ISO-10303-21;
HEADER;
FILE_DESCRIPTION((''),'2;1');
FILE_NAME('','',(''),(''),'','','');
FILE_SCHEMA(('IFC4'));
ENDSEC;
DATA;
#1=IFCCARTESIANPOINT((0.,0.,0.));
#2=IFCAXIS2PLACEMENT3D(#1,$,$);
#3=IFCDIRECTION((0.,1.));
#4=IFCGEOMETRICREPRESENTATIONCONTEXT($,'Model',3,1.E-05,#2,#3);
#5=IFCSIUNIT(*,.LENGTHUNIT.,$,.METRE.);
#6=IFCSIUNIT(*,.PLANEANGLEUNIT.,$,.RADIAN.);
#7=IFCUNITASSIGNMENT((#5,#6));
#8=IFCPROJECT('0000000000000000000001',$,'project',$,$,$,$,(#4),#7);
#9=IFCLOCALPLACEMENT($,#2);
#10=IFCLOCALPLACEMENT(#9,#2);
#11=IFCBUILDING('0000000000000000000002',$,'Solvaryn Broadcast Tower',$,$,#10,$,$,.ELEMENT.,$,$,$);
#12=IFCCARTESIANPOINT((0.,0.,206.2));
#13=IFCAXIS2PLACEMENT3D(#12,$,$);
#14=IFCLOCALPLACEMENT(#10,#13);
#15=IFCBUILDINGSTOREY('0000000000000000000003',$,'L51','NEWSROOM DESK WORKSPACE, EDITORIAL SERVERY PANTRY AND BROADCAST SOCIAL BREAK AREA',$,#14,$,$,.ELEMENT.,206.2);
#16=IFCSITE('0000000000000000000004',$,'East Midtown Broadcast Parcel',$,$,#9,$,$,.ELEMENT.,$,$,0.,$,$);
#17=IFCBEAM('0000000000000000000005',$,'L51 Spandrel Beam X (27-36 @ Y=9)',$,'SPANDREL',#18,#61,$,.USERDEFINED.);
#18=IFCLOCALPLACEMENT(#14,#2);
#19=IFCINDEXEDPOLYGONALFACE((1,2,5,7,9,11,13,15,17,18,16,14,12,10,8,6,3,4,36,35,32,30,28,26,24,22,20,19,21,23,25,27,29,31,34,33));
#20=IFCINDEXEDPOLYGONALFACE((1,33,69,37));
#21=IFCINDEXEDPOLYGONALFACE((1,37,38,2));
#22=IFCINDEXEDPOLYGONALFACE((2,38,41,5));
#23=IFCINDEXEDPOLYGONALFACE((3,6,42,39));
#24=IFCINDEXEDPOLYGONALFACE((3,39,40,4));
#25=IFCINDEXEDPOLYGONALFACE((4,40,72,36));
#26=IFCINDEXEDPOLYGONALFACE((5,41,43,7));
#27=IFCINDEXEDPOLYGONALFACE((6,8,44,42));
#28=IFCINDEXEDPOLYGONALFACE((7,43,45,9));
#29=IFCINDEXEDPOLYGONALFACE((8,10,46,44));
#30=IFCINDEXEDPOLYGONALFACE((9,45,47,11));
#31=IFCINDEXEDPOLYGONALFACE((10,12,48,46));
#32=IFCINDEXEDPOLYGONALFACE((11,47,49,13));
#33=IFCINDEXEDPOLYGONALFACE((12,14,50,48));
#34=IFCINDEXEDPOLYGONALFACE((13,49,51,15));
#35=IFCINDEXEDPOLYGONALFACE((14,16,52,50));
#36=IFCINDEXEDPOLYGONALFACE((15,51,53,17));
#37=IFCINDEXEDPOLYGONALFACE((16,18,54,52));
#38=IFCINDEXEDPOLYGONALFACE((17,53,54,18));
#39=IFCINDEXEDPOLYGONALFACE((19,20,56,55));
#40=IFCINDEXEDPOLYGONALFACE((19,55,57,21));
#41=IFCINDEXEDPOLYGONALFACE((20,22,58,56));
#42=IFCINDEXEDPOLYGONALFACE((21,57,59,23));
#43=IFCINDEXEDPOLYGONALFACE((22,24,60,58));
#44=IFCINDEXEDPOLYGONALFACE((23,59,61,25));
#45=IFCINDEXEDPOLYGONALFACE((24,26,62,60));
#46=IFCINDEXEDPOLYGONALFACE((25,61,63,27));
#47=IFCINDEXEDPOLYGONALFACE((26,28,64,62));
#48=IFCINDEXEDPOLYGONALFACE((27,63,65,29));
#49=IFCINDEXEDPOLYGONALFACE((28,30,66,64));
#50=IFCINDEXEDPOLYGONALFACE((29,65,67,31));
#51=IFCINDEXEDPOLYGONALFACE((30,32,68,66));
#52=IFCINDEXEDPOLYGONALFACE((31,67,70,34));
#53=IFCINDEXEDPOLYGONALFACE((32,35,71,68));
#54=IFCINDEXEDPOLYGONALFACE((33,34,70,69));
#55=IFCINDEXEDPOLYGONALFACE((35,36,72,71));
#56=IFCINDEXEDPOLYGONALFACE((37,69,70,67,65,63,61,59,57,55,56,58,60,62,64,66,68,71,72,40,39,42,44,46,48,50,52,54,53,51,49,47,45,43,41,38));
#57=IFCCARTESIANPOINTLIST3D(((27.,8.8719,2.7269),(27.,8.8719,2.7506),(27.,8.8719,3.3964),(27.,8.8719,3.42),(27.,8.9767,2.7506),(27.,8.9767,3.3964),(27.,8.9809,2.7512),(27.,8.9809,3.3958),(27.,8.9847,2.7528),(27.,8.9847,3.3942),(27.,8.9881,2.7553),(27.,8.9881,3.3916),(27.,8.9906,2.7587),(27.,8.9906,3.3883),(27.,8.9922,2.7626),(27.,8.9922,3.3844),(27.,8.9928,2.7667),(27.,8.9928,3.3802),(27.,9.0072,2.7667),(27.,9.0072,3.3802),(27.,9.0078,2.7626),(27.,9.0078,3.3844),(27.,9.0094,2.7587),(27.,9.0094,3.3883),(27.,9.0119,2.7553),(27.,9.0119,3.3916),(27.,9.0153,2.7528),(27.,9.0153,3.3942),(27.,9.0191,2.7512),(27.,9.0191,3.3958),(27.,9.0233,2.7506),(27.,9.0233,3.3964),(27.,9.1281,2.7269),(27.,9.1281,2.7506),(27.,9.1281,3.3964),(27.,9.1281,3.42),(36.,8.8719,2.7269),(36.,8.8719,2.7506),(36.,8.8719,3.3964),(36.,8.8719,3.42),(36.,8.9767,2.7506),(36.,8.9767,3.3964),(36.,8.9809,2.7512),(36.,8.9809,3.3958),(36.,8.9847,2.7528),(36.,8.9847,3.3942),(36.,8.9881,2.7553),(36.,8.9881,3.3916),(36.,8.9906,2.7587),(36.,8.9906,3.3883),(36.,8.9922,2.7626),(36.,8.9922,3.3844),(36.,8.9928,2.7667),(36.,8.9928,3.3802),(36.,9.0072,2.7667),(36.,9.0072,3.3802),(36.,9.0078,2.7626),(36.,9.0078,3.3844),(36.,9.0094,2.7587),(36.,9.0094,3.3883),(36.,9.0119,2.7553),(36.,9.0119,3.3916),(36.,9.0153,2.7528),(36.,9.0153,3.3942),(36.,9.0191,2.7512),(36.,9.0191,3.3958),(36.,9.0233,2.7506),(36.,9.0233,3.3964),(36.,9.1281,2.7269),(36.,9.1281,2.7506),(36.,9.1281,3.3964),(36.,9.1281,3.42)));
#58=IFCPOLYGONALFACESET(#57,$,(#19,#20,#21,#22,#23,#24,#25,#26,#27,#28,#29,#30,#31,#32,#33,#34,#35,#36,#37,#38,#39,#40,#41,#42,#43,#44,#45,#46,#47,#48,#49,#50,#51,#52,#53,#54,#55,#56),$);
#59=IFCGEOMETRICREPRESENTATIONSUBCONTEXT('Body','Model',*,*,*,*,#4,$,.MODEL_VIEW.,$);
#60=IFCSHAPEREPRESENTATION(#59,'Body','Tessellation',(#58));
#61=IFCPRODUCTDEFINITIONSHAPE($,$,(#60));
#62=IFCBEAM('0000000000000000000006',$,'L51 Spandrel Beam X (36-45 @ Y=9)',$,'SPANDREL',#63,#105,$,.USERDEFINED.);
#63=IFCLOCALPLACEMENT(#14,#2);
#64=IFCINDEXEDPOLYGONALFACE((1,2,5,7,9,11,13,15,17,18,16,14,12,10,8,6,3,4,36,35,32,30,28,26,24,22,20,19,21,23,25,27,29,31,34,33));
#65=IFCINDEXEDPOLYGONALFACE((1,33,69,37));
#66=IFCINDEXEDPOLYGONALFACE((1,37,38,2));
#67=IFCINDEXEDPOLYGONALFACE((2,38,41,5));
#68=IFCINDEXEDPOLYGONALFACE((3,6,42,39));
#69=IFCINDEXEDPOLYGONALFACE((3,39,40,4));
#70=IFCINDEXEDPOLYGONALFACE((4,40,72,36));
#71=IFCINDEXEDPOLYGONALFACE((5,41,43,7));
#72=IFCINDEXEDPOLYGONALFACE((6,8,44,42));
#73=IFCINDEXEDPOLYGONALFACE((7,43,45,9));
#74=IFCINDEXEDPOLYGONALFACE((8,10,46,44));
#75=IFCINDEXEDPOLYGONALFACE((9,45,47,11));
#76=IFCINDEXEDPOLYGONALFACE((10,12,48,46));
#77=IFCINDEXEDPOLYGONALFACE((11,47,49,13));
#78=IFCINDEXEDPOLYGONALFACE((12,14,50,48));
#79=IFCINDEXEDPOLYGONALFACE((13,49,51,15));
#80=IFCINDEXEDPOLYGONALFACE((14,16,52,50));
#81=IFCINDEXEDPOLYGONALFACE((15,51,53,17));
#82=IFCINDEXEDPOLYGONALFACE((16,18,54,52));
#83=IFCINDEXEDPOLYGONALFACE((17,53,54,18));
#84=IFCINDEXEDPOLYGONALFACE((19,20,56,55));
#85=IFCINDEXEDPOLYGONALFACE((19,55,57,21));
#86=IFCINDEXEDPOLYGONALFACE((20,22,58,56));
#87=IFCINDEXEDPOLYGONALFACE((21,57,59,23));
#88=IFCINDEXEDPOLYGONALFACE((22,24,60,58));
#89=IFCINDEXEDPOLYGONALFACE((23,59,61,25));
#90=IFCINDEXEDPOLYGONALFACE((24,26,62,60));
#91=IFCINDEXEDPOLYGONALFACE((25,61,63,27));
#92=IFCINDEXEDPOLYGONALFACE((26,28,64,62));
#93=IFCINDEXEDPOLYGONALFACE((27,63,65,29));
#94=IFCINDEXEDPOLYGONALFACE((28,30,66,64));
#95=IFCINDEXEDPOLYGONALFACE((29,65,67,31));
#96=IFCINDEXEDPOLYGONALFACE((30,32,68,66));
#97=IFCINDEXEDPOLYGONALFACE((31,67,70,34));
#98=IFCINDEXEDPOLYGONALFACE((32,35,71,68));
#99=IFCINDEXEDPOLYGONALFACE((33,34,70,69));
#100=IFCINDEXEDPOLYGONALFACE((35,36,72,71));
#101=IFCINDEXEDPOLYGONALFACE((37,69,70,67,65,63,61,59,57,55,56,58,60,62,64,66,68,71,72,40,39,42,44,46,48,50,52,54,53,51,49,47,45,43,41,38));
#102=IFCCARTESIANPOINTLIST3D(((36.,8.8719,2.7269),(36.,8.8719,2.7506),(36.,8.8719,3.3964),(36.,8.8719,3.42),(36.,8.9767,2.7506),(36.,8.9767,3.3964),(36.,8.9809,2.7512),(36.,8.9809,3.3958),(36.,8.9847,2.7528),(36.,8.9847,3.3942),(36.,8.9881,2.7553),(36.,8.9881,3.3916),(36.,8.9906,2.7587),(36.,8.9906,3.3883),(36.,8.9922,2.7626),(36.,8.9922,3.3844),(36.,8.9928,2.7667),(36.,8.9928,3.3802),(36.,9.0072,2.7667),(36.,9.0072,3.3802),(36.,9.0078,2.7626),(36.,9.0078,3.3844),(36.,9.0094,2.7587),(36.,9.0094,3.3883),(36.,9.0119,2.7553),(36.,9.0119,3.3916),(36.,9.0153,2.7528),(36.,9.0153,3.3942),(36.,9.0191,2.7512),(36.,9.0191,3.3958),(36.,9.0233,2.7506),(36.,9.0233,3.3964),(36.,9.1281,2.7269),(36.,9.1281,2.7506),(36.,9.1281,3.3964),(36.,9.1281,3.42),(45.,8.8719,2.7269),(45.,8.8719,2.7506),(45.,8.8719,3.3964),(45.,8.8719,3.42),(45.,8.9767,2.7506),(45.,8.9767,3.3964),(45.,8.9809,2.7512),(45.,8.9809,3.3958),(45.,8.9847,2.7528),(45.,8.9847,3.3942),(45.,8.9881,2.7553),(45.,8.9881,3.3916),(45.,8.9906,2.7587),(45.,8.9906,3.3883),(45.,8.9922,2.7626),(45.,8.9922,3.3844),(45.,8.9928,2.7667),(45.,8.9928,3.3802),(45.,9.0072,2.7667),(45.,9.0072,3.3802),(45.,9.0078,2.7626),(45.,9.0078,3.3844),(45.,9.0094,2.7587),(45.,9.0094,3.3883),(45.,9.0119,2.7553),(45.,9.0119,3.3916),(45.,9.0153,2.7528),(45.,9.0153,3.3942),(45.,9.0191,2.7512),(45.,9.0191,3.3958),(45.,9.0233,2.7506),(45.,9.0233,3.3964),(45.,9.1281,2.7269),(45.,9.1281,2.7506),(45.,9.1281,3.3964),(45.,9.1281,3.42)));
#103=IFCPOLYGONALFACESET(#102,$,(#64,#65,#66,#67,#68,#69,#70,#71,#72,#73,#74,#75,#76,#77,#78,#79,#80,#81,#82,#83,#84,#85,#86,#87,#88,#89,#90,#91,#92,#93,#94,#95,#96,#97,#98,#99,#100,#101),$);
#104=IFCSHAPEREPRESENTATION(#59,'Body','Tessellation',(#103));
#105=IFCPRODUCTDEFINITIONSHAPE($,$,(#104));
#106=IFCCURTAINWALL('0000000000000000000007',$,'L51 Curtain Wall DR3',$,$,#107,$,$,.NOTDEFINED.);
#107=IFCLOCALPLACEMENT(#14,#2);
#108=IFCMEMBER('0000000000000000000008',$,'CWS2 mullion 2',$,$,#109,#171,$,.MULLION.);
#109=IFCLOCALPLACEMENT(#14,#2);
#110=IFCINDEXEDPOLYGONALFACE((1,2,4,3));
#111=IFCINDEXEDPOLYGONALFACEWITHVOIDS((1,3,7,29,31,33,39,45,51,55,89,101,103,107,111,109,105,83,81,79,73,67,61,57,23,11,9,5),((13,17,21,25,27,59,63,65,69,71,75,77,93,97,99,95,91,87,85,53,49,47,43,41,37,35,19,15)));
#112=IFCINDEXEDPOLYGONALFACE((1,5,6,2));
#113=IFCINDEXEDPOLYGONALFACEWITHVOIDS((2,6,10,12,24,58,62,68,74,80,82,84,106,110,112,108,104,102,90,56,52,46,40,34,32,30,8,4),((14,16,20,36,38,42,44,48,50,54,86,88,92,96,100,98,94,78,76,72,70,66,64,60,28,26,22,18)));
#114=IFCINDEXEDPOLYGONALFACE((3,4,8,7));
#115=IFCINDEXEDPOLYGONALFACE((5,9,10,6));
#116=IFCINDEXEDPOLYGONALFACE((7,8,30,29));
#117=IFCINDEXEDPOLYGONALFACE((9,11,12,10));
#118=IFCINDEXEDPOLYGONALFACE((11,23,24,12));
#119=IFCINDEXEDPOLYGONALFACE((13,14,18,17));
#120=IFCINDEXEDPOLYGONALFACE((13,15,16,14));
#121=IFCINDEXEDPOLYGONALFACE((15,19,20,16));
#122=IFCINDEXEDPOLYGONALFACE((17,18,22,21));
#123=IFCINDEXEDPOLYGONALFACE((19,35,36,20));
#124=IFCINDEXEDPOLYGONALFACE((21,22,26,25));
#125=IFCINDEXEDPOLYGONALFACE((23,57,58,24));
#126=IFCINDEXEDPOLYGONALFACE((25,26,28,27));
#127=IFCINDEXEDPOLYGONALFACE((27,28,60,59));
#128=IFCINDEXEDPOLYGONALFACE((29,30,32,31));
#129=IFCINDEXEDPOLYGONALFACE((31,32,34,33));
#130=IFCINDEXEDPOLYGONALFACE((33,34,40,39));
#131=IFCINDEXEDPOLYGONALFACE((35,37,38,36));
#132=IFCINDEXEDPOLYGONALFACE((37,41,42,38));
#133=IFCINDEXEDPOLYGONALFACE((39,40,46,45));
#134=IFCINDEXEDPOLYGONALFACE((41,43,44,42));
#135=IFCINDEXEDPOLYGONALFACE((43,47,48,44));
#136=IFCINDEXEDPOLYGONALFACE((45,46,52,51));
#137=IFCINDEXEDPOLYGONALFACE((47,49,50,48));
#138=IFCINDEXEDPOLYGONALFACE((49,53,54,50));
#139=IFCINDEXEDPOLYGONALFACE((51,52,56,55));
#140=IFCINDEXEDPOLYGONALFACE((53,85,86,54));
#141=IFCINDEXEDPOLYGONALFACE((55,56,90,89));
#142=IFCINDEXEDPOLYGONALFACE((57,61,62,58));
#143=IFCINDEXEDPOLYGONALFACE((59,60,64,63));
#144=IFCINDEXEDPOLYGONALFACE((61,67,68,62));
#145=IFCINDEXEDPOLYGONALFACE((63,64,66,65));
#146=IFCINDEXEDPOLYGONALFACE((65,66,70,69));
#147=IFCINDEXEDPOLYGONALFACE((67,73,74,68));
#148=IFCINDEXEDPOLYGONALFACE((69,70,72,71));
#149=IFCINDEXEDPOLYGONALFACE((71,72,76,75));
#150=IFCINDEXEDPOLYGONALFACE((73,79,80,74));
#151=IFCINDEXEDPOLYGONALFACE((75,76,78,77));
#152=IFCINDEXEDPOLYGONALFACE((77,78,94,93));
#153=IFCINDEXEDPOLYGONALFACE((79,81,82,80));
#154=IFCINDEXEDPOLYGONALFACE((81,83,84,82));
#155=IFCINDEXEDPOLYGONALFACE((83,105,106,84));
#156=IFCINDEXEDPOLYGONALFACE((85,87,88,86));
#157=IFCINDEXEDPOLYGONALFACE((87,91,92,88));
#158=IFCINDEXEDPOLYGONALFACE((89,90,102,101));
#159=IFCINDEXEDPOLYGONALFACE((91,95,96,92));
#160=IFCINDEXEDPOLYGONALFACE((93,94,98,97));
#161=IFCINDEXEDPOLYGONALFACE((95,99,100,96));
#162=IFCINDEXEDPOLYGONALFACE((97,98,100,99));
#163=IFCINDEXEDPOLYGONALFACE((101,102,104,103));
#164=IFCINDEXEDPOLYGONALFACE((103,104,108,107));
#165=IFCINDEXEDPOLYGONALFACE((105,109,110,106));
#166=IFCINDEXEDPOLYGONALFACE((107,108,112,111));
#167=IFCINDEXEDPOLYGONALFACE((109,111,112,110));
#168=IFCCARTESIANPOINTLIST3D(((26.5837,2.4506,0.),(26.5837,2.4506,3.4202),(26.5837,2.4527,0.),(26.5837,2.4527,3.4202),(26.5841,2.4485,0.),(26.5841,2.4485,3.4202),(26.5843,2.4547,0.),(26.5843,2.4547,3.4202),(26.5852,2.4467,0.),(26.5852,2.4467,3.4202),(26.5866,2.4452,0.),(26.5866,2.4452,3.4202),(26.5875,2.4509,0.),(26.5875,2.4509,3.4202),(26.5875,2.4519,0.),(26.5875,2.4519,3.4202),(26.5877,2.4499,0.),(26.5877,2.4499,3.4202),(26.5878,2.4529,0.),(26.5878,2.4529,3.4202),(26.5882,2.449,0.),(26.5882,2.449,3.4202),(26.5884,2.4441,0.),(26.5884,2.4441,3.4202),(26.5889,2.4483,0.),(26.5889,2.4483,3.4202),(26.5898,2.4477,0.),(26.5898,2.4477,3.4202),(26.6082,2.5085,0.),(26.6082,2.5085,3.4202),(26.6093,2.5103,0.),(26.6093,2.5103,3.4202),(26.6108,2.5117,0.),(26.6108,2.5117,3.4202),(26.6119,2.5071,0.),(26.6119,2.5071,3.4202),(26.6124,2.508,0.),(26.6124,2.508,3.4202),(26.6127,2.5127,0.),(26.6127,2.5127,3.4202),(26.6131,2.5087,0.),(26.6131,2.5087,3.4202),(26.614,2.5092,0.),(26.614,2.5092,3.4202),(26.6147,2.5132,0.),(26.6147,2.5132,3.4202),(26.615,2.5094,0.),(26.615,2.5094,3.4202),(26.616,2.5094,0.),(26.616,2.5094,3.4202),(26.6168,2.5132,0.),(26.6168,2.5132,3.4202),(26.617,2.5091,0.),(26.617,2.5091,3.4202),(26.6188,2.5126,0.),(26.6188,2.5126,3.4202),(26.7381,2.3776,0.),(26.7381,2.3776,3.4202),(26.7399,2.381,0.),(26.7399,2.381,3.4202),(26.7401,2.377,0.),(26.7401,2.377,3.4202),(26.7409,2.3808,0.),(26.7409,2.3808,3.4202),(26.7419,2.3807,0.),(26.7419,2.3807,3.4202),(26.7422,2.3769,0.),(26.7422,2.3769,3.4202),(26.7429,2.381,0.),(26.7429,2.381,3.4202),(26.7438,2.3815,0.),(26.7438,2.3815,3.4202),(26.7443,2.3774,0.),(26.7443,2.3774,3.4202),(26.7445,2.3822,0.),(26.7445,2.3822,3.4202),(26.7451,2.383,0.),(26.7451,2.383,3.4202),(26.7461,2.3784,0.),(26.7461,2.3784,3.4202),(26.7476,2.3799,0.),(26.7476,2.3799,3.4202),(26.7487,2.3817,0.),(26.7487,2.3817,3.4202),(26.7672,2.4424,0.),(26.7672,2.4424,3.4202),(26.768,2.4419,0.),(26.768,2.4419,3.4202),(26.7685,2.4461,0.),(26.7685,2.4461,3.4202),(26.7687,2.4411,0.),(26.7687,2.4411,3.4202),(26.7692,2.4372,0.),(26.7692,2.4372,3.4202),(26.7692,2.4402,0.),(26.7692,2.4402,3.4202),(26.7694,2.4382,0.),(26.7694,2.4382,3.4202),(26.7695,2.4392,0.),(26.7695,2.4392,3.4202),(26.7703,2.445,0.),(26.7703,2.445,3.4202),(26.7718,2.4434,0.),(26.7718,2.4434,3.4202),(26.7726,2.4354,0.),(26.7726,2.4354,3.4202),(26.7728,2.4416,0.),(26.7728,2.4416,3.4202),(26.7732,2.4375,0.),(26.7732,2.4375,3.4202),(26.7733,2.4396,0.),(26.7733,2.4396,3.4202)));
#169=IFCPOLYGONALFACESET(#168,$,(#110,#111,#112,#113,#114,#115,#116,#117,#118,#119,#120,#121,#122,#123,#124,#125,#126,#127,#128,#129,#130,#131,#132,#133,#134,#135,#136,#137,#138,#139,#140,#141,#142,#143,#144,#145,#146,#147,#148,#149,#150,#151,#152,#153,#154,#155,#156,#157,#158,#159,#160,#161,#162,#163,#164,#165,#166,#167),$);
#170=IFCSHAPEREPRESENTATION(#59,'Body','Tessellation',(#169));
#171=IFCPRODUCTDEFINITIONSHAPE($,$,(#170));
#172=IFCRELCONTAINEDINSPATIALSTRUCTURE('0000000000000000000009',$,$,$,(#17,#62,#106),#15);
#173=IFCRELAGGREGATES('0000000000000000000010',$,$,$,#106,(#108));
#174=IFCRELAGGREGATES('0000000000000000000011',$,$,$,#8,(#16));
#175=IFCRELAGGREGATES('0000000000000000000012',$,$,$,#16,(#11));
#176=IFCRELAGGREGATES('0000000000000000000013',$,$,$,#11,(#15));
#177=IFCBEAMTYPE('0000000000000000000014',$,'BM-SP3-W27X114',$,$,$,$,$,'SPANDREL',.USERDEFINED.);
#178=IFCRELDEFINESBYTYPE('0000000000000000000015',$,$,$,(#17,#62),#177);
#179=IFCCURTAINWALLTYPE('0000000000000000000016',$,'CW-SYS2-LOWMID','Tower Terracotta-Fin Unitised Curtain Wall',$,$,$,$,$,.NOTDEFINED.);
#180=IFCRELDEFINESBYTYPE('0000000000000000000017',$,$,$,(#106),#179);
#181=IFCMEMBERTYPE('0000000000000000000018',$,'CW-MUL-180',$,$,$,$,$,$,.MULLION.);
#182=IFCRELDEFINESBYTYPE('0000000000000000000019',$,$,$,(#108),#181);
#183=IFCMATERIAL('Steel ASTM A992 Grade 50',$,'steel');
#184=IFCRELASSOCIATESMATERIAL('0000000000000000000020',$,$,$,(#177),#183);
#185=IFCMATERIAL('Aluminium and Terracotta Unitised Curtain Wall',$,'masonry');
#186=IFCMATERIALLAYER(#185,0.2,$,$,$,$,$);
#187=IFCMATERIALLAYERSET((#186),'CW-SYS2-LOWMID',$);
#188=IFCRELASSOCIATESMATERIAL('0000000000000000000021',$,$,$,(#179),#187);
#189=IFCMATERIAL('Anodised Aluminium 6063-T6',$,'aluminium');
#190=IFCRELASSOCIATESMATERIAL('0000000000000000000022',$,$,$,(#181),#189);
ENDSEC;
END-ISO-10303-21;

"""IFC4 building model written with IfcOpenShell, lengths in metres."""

from ifc_helpers import new_model, si_unit, direction, frame, origin, origin_2d, place, context, subcontext, project, spatial, hollow_rectangle, i_section, extrude, material, layer, layer_set, material_profile, profile_set, type_object, element, aggregate, save


model = new_model("IFC4")

# Units and contexts
model_context = context("Model", 3, precision=1e-05, world=origin(), true_north=direction((0.0, 1.0)))
body_context = subcontext(model_context, "Body", "Model", "MODEL_VIEW")
ifc_project = project(units=[si_unit("LENGTHUNIT", "METRE"), si_unit("PLANEANGLEUNIT", "RADIAN")], contexts=[model_context])

# Site, building, storey
site_placement = place(None, origin())
site = spatial("IfcSite", under=ifc_project, at=site_placement, Name="East Midtown Broadcast Parcel", CompositionType="ELEMENT", RefElevation=0.0)
building_placement = place(site_placement, origin())
building = spatial("IfcBuilding", under=site, at=building_placement, Name="Solvaryn Broadcast Tower", CompositionType="ELEMENT")
storey_placement = place(building_placement, frame((0.0, 0.0, 206.2)))
storey = spatial("IfcBuildingStorey", under=building, at=storey_placement, Name="L51", Description="NEWSROOM DESK WORKSPACE, EDITORIAL SERVERY PANTRY AND BROADCAST SOCIAL BREAK AREA", CompositionType="ELEMENT", Elevation=206.2)

# Beams
ifc_material_1 = material(Name="Steel ASTM A992 Grade 50", Category="steel")
ifc_material_profile_1 = material_profile(ifc_material_1, i_section(OverallWidth=0.2561, OverallDepth=0.6931, WebThickness=0.0144, FlangeThickness=0.0237, FilletRadius=0.0161, at=origin_2d()))
ifc_profile_set_1 = profile_set([ifc_material_profile_1], Name="Steel ASTM A992 Grade 50")
beam_type_1 = type_object("IfcBeamType", Name="BM-SP3-W27X114", ElementType="SPANDREL", PredefinedType="USERDEFINED", material=ifc_profile_set_1)
for number, where, z_axis, x_axis, name in (
    (1, (27.0, 9.0, 3.0735), (1.0, 0.0, 0.0), (0.0, 1.0, 0.0), "L51 Spandrel Beam X (27-36 @ Y=9)"),
    (2, (36.0, 9.0, 3.0735), (1.0, 0.0, 0.0), (0.0, 1.0, 0.0), "L51 Spandrel Beam X (36-45 @ Y=9)"),
):
    element("IfcBeam", number, at=place(storey_placement, frame(where, z_axis=z_axis, x_axis=x_axis)), inside=storey, type_object=beam_type_1, Name=name, ObjectType="SPANDREL", PredefinedType="USERDEFINED", context=body_context, shape_type="SweptSolid", body=[
        extrude(i_section(OverallWidth=0.2561, OverallDepth=0.6931, WebThickness=0.0144, FlangeThickness=0.0237, FilletRadius=0.0161, at=origin_2d()), origin(), (0.0, 0.0, 1.0), 9.0),
    ])

# Curtain wall, member
ifc_material_2 = material(Name="Aluminium and Terracotta Unitised Curtain Wall", Category="masonry")
ifc_layer_1 = layer(ifc_material_2, 0.2)
ifc_layer_set_1 = layer_set([ifc_layer_1], Name="CW-SYS2-LOWMID")
curtain_wall_type = type_object("IfcCurtainWallType", Name="CW-SYS2-LOWMID", Description="Tower Terracotta-Fin Unitised Curtain Wall", PredefinedType="NOTDEFINED", material=ifc_layer_set_1)
curtain_wall_1_placement = place(storey_placement, origin())
curtain_wall_1 = element("IfcCurtainWall", 3, at=curtain_wall_1_placement, inside=storey, type_object=curtain_wall_type, Name="L51 Curtain Wall DR3", PredefinedType="NOTDEFINED")
ifc_material_3 = material(Name="Anodised Aluminium 6063-T6", Category="aluminium")
ifc_material_profile_2 = material_profile(ifc_material_3, hollow_rectangle(XDim=0.075, YDim=0.1799, WallThickness=0.0039, InnerFilletRadius=0.0039, OuterFilletRadius=0.0081, at=origin_2d()))
ifc_profile_set_2 = profile_set([ifc_material_profile_2], Name="Anodised Aluminium 6063-T6")
member_type_1 = type_object("IfcMemberType", Name="CW-MUL-180", PredefinedType="MULLION", material=ifc_profile_set_2)
member_1_placement = place(storey_placement, frame((26.6785, 2.4451, 0.0), z_axis=(0.0, 0.0, 1.0), x_axis=(0.405901, 0.913917, 0.0)))
member_1 = element("IfcMember", 4, at=member_1_placement, type_object=member_type_1, Name="CWS2 mullion 2", PredefinedType="MULLION", context=body_context, shape_type="SweptSolid", body=[
    extrude(hollow_rectangle(XDim=0.075, YDim=0.1799, WallThickness=0.0039, InnerFilletRadius=0.0039, OuterFilletRadius=0.0081, at=origin_2d()), origin(), (0.0, 0.0, 1.0), 3.4202),
])
aggregate(curtain_wall_1, [member_1])

save(model, "model.ifc")
